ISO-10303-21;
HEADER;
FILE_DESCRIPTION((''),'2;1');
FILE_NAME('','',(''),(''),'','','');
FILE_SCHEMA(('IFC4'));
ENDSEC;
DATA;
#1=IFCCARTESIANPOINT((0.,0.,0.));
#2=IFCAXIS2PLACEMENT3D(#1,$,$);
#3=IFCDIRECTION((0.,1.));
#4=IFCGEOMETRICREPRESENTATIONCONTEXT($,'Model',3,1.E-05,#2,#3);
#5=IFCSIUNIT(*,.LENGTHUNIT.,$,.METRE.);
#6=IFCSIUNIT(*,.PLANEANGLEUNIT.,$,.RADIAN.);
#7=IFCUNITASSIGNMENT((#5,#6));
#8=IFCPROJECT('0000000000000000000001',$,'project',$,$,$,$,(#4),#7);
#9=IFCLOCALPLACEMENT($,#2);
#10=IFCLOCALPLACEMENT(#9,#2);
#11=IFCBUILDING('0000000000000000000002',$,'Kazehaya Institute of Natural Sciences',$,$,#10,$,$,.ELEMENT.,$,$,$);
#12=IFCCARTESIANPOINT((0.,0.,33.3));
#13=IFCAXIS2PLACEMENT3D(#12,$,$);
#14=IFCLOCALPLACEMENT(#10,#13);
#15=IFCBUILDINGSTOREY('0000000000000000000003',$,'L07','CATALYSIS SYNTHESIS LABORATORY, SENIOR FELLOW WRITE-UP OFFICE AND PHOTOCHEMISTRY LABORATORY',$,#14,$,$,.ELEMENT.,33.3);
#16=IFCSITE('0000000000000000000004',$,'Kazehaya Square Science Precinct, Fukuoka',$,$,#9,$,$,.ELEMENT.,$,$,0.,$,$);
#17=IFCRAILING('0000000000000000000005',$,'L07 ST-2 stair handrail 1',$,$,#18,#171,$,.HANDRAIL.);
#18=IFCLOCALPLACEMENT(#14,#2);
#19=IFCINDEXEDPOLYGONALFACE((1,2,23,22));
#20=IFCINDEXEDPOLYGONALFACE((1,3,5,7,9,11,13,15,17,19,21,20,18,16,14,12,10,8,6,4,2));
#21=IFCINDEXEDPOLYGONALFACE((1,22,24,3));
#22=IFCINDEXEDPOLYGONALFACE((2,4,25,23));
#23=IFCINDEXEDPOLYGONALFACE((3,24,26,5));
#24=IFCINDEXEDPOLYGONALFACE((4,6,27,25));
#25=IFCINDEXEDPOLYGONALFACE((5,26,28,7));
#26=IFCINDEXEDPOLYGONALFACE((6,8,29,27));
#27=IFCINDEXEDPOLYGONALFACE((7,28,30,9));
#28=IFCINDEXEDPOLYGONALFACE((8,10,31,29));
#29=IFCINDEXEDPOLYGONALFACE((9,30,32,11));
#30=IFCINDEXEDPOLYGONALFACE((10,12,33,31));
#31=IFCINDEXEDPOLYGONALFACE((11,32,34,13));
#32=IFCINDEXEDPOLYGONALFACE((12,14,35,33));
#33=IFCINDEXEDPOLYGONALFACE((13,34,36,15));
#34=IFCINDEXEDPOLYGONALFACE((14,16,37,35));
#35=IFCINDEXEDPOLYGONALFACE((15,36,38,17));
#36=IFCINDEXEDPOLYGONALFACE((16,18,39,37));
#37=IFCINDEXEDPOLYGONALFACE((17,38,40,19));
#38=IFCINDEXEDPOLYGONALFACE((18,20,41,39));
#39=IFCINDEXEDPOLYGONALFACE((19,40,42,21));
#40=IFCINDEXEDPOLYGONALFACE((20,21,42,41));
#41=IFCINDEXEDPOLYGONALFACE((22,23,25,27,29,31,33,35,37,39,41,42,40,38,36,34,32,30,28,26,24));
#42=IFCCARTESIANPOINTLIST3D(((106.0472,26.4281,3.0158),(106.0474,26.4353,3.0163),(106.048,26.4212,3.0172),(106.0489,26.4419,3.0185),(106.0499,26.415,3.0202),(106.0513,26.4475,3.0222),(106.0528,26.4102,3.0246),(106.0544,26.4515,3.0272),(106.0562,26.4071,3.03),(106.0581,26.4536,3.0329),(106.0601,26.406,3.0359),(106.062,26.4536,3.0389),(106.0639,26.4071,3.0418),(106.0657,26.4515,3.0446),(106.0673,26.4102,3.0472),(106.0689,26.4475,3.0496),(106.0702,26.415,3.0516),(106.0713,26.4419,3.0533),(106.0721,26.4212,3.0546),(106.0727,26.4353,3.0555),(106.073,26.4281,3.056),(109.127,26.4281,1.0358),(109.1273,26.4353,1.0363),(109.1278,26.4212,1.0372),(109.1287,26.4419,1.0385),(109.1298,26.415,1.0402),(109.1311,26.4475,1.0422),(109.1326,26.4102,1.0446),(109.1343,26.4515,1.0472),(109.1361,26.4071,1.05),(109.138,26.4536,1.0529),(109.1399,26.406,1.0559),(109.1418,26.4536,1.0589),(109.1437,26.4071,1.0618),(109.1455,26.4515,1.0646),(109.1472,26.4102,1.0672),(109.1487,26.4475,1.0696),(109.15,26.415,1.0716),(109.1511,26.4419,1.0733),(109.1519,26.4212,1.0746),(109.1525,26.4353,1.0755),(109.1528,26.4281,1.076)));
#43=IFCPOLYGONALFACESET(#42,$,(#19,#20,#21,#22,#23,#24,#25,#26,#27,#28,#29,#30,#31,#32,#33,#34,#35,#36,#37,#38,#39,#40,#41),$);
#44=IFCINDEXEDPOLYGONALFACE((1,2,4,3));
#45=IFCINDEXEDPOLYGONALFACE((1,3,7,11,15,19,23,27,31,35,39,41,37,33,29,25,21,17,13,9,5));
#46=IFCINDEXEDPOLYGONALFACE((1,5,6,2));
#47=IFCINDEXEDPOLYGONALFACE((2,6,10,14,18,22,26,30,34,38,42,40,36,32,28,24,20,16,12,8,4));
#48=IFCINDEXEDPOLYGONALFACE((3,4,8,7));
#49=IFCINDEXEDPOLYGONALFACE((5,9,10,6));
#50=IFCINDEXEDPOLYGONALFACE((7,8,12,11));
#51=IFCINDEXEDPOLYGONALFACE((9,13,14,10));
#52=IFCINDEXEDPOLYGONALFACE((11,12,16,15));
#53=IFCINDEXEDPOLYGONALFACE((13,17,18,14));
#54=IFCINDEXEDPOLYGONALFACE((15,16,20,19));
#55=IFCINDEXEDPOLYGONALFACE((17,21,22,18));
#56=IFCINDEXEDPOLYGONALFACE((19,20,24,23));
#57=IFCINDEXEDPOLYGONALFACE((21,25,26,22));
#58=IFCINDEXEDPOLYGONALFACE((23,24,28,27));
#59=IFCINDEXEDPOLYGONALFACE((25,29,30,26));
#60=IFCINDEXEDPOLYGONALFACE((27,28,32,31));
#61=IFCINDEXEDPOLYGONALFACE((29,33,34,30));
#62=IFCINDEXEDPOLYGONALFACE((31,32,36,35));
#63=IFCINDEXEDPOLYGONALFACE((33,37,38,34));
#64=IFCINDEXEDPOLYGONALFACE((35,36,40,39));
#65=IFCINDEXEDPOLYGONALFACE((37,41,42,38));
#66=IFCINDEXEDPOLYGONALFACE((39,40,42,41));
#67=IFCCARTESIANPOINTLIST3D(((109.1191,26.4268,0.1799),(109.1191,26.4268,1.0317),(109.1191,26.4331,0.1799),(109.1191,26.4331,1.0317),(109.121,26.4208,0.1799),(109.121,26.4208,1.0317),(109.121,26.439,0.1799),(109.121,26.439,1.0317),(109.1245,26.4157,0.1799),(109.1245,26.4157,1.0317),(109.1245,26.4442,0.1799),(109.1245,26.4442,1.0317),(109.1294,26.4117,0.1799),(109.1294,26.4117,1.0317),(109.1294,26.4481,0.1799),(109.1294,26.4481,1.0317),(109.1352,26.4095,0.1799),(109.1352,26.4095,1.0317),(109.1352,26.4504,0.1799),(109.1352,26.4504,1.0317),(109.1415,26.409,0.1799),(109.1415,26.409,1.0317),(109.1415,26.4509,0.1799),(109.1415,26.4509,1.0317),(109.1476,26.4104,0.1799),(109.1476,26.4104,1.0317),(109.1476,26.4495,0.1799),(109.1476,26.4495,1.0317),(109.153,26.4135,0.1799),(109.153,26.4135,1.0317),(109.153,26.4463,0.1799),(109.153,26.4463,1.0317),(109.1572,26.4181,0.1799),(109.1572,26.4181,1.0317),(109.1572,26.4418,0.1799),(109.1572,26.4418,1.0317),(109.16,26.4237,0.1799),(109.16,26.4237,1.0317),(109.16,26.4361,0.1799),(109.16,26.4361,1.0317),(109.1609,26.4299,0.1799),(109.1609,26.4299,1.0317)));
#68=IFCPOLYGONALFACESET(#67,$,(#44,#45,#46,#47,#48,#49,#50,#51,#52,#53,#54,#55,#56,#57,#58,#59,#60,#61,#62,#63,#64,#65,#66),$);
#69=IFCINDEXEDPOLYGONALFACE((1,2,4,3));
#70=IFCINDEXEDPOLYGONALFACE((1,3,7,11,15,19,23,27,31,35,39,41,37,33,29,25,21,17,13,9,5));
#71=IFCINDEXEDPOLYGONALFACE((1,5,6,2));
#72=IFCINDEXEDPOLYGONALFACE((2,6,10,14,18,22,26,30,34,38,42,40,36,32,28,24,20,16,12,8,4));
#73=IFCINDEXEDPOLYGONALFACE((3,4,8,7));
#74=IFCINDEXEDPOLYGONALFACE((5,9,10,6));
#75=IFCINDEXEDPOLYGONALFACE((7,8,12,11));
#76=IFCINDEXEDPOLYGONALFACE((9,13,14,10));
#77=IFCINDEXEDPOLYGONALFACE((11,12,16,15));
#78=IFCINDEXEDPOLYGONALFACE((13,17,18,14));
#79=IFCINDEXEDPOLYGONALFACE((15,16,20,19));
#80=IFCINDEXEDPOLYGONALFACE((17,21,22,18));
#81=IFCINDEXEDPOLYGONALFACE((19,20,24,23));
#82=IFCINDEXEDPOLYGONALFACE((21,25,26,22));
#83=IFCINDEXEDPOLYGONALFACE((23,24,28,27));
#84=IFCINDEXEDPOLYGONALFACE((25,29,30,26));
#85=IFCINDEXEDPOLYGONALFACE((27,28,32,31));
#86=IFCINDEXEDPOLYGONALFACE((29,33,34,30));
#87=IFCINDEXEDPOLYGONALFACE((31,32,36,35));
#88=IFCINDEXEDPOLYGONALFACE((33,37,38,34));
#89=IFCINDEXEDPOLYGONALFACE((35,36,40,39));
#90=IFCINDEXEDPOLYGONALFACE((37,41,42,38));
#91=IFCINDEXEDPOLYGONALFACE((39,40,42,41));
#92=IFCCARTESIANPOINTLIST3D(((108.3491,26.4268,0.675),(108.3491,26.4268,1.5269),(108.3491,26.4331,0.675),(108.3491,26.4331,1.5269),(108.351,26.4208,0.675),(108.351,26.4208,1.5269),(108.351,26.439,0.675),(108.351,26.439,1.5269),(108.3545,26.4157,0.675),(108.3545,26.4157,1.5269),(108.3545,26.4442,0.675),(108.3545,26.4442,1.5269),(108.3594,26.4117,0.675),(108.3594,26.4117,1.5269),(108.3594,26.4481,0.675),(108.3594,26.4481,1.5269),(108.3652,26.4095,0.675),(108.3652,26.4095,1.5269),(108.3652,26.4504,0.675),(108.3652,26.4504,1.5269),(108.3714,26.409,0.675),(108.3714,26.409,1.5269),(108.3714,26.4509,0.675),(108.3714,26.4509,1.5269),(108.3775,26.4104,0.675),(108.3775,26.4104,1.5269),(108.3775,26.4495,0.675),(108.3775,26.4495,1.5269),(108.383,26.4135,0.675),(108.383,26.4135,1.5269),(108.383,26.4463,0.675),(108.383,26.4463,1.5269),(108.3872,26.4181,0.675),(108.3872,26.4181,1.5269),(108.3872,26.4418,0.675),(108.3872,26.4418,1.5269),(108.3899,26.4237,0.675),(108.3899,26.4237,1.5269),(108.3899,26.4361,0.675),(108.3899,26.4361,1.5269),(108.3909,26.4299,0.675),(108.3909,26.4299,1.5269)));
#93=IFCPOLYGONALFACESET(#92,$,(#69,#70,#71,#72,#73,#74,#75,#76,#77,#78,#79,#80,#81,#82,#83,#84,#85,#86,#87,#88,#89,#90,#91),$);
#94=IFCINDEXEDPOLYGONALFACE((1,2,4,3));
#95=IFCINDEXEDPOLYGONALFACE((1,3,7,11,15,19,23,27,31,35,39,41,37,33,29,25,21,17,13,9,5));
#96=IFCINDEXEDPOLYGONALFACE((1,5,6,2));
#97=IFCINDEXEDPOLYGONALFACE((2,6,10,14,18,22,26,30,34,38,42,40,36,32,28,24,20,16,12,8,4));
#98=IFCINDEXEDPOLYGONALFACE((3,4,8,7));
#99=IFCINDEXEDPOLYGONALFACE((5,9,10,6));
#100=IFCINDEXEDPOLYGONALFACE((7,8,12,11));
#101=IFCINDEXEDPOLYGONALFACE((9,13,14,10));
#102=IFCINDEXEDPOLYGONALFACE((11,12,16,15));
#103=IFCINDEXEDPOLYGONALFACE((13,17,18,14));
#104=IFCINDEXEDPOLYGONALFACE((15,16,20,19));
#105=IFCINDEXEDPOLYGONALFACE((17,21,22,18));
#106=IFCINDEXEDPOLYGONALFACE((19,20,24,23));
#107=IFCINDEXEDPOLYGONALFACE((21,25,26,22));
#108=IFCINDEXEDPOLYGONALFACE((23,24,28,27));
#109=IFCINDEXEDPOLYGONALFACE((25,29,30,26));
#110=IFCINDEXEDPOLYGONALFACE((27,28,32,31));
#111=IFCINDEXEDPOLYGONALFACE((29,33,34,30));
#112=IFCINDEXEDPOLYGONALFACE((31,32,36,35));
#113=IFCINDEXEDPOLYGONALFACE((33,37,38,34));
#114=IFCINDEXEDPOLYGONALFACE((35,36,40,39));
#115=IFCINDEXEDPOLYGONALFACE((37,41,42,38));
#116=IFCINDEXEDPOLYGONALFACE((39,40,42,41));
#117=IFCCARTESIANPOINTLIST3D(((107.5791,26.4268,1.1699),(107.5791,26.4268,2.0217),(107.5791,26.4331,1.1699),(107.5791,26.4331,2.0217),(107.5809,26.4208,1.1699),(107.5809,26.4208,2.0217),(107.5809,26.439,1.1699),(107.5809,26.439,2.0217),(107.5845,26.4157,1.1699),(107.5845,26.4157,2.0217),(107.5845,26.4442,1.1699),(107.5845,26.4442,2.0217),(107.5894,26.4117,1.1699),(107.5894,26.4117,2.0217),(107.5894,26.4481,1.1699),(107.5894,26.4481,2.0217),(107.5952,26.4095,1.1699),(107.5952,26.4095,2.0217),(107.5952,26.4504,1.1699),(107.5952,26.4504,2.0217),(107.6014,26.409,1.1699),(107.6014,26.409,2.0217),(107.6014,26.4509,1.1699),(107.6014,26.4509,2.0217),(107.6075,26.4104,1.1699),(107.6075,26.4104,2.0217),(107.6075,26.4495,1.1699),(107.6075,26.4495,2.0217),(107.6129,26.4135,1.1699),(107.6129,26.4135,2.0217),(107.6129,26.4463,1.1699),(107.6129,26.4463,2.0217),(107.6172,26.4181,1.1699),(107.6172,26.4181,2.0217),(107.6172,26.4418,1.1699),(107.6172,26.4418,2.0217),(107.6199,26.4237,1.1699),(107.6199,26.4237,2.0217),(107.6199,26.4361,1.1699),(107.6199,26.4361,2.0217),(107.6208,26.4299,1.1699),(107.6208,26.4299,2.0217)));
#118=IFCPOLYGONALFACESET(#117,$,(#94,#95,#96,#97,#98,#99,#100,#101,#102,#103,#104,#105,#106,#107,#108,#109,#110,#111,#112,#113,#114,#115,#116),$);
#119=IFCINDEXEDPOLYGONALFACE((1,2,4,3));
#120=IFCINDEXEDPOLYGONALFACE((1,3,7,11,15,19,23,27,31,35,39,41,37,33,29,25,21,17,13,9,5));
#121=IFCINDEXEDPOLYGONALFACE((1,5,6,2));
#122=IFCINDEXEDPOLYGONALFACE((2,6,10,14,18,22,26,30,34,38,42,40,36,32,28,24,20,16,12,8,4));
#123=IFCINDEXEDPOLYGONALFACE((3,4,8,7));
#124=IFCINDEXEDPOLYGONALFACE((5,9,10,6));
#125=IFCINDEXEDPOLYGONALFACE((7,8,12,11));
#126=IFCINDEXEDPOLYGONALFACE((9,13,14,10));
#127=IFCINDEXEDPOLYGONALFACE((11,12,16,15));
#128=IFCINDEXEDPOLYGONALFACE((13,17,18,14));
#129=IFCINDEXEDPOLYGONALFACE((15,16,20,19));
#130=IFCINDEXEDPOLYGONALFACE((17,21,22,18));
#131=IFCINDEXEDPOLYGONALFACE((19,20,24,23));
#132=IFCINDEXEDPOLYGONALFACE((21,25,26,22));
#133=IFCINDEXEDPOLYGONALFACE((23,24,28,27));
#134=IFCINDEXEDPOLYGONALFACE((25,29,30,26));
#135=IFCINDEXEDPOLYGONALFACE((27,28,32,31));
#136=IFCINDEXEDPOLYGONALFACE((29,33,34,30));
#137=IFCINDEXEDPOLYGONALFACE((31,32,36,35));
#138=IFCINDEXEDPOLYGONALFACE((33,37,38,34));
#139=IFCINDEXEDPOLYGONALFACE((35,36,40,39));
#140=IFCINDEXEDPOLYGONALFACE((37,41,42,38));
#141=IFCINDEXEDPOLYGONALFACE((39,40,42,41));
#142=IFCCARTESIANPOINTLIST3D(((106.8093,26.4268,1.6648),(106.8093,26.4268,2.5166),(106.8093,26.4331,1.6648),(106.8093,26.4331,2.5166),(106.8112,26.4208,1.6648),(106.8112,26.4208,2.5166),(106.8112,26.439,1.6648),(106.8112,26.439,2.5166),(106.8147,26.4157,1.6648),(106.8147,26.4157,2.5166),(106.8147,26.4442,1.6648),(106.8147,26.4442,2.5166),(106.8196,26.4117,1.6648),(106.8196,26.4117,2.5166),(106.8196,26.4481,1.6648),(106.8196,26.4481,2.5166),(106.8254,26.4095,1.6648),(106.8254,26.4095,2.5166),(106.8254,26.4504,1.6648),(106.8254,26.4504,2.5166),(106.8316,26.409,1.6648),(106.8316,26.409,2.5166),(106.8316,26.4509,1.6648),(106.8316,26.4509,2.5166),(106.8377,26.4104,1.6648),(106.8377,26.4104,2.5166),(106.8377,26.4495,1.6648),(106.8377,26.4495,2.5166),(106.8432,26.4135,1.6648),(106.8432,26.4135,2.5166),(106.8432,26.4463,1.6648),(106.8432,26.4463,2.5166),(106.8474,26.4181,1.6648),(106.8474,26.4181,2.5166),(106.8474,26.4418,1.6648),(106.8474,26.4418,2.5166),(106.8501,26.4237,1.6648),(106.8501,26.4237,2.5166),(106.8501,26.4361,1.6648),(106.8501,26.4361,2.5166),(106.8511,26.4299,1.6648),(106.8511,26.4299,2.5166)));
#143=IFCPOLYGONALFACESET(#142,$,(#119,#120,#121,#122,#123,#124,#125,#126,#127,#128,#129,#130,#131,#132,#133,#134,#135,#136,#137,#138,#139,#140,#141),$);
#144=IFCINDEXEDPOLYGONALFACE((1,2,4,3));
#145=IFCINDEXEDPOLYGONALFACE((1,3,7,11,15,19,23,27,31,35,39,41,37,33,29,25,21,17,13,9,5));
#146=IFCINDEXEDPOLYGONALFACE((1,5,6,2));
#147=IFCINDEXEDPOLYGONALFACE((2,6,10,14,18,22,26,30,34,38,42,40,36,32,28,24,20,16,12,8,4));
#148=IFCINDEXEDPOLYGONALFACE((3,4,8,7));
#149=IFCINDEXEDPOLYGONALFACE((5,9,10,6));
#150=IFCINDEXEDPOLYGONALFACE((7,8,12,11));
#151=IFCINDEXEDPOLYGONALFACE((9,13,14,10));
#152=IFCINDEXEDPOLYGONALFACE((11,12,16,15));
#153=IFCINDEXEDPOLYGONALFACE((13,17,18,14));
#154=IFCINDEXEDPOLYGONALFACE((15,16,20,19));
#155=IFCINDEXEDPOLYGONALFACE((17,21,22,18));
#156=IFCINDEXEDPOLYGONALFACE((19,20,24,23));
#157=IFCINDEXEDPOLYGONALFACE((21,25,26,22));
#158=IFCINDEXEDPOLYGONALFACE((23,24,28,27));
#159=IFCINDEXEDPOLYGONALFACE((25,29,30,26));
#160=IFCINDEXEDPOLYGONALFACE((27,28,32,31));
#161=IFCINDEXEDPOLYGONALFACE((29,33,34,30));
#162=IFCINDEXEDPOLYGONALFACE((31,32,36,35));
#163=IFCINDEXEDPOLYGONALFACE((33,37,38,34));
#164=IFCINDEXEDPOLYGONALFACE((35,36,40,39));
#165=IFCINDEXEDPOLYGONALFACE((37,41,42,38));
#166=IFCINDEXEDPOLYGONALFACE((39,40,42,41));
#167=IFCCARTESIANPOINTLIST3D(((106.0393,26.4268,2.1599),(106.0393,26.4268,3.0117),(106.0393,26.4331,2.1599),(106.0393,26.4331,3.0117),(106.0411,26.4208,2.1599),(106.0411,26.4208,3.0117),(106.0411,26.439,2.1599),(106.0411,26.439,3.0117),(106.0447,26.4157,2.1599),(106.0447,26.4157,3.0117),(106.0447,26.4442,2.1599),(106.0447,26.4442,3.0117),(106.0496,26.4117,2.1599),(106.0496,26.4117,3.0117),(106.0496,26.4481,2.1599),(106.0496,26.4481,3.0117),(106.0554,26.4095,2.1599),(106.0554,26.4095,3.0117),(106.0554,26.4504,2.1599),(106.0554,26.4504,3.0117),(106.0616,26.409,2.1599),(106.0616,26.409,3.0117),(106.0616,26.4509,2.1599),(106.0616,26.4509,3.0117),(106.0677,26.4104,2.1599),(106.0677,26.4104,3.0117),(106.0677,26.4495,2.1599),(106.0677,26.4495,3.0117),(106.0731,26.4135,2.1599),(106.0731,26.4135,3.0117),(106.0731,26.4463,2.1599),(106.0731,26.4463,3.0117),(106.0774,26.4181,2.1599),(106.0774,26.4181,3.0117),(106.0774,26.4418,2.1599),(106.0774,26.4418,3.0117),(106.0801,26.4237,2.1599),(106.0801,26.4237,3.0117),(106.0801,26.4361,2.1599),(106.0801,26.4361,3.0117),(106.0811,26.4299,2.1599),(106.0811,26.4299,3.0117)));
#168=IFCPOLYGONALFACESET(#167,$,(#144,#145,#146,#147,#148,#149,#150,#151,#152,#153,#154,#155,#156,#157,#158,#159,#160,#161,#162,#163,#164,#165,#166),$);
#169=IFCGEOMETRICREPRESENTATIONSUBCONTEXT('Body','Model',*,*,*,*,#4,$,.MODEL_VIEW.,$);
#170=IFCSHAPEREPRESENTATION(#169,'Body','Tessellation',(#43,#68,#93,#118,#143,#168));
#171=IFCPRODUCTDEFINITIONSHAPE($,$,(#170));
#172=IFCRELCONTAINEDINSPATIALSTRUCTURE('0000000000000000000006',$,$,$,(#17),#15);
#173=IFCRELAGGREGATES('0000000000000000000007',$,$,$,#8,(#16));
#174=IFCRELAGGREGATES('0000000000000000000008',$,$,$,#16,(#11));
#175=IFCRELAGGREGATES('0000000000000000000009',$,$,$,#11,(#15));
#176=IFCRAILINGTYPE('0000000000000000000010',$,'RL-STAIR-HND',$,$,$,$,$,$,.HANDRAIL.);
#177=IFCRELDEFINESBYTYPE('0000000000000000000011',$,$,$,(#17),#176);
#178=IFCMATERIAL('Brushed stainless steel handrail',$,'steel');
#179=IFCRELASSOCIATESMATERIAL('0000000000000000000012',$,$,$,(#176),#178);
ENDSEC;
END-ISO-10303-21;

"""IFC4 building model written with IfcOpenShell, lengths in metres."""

from ifc_helpers import new_model, si_unit, direction, frame, origin, origin_2d, place, context, subcontext, project, spatial, circle, extrude, material, type_object, element, save


model = new_model("IFC4")

# Units and contexts
model_context = context("Model", 3, precision=1e-05, world=origin(), true_north=direction((0.0, 1.0)))
body_context = subcontext(model_context, "Body", "Model", "MODEL_VIEW")
ifc_project = project(units=[si_unit("LENGTHUNIT", "METRE"), si_unit("PLANEANGLEUNIT", "RADIAN")], contexts=[model_context])

# Site, building, storey
site_placement = place(None, origin())
site = spatial("IfcSite", under=ifc_project, at=site_placement, Name="Kazehaya Square Science Precinct, Fukuoka", CompositionType="ELEMENT", RefElevation=0.0)
building_placement = place(site_placement, origin())
building = spatial("IfcBuilding", under=site, at=building_placement, Name="Kazehaya Institute of Natural Sciences", CompositionType="ELEMENT")
storey_placement = place(building_placement, frame((0.0, 0.0, 33.3)))
storey = spatial("IfcBuildingStorey", under=building, at=storey_placement, Name="L07", Description="CATALYSIS SYNTHESIS LABORATORY, SENIOR FELLOW WRITE-UP OFFICE AND PHOTOCHEMISTRY LABORATORY", CompositionType="ELEMENT", Elevation=33.3)

# Railing
ifc_material_1 = material(Name="Brushed stainless steel handrail", Category="steel")
railing_type_1 = type_object("IfcRailingType", Name="RL-STAIR-HND", PredefinedType="HANDRAIL", material=ifc_material_1)
railing_1_placement = place(storey_placement, frame((109.1399, 26.4299, 0.1799)))
element("IfcRailing", 1, at=railing_1_placement, inside=storey, type_object=railing_type_1, Name="L07 ST-2 stair handrail 1", PredefinedType="HANDRAIL", context=body_context, shape_type="SweptSolid", body=[
    extrude(circle(Radius=0.0239, at=origin_2d()), frame((0.0, 0.0, 0.876), z_axis=(-0.841168, 0.0, 0.540774), x_axis=(0.0, -1.0, 0.0)), (0.0, 0.0, 1.0), 3.6614),
    extrude(circle(Radius=0.021, at=origin_2d()), origin(), (0.0, 0.0, 1.0), 0.8518),
    extrude(circle(Radius=0.021, at=origin_2d()), frame((-0.77, 0.0, 0.4951)), (0.0, 0.0, 1.0), 0.8518),
    extrude(circle(Radius=0.021, at=origin_2d()), frame((-1.54, 0.0, 0.99)), (0.0, 0.0, 1.0), 0.8518),
    extrude(circle(Radius=0.021, at=origin_2d()), frame((-2.3098, 0.0, 1.4849)), (0.0, 0.0, 1.0), 0.8518),
    extrude(circle(Radius=0.021, at=origin_2d()), frame((-3.0798, 0.0, 1.98)), (0.0, 0.0, 1.0), 0.8518),
])

save(model, "model.ifc")
